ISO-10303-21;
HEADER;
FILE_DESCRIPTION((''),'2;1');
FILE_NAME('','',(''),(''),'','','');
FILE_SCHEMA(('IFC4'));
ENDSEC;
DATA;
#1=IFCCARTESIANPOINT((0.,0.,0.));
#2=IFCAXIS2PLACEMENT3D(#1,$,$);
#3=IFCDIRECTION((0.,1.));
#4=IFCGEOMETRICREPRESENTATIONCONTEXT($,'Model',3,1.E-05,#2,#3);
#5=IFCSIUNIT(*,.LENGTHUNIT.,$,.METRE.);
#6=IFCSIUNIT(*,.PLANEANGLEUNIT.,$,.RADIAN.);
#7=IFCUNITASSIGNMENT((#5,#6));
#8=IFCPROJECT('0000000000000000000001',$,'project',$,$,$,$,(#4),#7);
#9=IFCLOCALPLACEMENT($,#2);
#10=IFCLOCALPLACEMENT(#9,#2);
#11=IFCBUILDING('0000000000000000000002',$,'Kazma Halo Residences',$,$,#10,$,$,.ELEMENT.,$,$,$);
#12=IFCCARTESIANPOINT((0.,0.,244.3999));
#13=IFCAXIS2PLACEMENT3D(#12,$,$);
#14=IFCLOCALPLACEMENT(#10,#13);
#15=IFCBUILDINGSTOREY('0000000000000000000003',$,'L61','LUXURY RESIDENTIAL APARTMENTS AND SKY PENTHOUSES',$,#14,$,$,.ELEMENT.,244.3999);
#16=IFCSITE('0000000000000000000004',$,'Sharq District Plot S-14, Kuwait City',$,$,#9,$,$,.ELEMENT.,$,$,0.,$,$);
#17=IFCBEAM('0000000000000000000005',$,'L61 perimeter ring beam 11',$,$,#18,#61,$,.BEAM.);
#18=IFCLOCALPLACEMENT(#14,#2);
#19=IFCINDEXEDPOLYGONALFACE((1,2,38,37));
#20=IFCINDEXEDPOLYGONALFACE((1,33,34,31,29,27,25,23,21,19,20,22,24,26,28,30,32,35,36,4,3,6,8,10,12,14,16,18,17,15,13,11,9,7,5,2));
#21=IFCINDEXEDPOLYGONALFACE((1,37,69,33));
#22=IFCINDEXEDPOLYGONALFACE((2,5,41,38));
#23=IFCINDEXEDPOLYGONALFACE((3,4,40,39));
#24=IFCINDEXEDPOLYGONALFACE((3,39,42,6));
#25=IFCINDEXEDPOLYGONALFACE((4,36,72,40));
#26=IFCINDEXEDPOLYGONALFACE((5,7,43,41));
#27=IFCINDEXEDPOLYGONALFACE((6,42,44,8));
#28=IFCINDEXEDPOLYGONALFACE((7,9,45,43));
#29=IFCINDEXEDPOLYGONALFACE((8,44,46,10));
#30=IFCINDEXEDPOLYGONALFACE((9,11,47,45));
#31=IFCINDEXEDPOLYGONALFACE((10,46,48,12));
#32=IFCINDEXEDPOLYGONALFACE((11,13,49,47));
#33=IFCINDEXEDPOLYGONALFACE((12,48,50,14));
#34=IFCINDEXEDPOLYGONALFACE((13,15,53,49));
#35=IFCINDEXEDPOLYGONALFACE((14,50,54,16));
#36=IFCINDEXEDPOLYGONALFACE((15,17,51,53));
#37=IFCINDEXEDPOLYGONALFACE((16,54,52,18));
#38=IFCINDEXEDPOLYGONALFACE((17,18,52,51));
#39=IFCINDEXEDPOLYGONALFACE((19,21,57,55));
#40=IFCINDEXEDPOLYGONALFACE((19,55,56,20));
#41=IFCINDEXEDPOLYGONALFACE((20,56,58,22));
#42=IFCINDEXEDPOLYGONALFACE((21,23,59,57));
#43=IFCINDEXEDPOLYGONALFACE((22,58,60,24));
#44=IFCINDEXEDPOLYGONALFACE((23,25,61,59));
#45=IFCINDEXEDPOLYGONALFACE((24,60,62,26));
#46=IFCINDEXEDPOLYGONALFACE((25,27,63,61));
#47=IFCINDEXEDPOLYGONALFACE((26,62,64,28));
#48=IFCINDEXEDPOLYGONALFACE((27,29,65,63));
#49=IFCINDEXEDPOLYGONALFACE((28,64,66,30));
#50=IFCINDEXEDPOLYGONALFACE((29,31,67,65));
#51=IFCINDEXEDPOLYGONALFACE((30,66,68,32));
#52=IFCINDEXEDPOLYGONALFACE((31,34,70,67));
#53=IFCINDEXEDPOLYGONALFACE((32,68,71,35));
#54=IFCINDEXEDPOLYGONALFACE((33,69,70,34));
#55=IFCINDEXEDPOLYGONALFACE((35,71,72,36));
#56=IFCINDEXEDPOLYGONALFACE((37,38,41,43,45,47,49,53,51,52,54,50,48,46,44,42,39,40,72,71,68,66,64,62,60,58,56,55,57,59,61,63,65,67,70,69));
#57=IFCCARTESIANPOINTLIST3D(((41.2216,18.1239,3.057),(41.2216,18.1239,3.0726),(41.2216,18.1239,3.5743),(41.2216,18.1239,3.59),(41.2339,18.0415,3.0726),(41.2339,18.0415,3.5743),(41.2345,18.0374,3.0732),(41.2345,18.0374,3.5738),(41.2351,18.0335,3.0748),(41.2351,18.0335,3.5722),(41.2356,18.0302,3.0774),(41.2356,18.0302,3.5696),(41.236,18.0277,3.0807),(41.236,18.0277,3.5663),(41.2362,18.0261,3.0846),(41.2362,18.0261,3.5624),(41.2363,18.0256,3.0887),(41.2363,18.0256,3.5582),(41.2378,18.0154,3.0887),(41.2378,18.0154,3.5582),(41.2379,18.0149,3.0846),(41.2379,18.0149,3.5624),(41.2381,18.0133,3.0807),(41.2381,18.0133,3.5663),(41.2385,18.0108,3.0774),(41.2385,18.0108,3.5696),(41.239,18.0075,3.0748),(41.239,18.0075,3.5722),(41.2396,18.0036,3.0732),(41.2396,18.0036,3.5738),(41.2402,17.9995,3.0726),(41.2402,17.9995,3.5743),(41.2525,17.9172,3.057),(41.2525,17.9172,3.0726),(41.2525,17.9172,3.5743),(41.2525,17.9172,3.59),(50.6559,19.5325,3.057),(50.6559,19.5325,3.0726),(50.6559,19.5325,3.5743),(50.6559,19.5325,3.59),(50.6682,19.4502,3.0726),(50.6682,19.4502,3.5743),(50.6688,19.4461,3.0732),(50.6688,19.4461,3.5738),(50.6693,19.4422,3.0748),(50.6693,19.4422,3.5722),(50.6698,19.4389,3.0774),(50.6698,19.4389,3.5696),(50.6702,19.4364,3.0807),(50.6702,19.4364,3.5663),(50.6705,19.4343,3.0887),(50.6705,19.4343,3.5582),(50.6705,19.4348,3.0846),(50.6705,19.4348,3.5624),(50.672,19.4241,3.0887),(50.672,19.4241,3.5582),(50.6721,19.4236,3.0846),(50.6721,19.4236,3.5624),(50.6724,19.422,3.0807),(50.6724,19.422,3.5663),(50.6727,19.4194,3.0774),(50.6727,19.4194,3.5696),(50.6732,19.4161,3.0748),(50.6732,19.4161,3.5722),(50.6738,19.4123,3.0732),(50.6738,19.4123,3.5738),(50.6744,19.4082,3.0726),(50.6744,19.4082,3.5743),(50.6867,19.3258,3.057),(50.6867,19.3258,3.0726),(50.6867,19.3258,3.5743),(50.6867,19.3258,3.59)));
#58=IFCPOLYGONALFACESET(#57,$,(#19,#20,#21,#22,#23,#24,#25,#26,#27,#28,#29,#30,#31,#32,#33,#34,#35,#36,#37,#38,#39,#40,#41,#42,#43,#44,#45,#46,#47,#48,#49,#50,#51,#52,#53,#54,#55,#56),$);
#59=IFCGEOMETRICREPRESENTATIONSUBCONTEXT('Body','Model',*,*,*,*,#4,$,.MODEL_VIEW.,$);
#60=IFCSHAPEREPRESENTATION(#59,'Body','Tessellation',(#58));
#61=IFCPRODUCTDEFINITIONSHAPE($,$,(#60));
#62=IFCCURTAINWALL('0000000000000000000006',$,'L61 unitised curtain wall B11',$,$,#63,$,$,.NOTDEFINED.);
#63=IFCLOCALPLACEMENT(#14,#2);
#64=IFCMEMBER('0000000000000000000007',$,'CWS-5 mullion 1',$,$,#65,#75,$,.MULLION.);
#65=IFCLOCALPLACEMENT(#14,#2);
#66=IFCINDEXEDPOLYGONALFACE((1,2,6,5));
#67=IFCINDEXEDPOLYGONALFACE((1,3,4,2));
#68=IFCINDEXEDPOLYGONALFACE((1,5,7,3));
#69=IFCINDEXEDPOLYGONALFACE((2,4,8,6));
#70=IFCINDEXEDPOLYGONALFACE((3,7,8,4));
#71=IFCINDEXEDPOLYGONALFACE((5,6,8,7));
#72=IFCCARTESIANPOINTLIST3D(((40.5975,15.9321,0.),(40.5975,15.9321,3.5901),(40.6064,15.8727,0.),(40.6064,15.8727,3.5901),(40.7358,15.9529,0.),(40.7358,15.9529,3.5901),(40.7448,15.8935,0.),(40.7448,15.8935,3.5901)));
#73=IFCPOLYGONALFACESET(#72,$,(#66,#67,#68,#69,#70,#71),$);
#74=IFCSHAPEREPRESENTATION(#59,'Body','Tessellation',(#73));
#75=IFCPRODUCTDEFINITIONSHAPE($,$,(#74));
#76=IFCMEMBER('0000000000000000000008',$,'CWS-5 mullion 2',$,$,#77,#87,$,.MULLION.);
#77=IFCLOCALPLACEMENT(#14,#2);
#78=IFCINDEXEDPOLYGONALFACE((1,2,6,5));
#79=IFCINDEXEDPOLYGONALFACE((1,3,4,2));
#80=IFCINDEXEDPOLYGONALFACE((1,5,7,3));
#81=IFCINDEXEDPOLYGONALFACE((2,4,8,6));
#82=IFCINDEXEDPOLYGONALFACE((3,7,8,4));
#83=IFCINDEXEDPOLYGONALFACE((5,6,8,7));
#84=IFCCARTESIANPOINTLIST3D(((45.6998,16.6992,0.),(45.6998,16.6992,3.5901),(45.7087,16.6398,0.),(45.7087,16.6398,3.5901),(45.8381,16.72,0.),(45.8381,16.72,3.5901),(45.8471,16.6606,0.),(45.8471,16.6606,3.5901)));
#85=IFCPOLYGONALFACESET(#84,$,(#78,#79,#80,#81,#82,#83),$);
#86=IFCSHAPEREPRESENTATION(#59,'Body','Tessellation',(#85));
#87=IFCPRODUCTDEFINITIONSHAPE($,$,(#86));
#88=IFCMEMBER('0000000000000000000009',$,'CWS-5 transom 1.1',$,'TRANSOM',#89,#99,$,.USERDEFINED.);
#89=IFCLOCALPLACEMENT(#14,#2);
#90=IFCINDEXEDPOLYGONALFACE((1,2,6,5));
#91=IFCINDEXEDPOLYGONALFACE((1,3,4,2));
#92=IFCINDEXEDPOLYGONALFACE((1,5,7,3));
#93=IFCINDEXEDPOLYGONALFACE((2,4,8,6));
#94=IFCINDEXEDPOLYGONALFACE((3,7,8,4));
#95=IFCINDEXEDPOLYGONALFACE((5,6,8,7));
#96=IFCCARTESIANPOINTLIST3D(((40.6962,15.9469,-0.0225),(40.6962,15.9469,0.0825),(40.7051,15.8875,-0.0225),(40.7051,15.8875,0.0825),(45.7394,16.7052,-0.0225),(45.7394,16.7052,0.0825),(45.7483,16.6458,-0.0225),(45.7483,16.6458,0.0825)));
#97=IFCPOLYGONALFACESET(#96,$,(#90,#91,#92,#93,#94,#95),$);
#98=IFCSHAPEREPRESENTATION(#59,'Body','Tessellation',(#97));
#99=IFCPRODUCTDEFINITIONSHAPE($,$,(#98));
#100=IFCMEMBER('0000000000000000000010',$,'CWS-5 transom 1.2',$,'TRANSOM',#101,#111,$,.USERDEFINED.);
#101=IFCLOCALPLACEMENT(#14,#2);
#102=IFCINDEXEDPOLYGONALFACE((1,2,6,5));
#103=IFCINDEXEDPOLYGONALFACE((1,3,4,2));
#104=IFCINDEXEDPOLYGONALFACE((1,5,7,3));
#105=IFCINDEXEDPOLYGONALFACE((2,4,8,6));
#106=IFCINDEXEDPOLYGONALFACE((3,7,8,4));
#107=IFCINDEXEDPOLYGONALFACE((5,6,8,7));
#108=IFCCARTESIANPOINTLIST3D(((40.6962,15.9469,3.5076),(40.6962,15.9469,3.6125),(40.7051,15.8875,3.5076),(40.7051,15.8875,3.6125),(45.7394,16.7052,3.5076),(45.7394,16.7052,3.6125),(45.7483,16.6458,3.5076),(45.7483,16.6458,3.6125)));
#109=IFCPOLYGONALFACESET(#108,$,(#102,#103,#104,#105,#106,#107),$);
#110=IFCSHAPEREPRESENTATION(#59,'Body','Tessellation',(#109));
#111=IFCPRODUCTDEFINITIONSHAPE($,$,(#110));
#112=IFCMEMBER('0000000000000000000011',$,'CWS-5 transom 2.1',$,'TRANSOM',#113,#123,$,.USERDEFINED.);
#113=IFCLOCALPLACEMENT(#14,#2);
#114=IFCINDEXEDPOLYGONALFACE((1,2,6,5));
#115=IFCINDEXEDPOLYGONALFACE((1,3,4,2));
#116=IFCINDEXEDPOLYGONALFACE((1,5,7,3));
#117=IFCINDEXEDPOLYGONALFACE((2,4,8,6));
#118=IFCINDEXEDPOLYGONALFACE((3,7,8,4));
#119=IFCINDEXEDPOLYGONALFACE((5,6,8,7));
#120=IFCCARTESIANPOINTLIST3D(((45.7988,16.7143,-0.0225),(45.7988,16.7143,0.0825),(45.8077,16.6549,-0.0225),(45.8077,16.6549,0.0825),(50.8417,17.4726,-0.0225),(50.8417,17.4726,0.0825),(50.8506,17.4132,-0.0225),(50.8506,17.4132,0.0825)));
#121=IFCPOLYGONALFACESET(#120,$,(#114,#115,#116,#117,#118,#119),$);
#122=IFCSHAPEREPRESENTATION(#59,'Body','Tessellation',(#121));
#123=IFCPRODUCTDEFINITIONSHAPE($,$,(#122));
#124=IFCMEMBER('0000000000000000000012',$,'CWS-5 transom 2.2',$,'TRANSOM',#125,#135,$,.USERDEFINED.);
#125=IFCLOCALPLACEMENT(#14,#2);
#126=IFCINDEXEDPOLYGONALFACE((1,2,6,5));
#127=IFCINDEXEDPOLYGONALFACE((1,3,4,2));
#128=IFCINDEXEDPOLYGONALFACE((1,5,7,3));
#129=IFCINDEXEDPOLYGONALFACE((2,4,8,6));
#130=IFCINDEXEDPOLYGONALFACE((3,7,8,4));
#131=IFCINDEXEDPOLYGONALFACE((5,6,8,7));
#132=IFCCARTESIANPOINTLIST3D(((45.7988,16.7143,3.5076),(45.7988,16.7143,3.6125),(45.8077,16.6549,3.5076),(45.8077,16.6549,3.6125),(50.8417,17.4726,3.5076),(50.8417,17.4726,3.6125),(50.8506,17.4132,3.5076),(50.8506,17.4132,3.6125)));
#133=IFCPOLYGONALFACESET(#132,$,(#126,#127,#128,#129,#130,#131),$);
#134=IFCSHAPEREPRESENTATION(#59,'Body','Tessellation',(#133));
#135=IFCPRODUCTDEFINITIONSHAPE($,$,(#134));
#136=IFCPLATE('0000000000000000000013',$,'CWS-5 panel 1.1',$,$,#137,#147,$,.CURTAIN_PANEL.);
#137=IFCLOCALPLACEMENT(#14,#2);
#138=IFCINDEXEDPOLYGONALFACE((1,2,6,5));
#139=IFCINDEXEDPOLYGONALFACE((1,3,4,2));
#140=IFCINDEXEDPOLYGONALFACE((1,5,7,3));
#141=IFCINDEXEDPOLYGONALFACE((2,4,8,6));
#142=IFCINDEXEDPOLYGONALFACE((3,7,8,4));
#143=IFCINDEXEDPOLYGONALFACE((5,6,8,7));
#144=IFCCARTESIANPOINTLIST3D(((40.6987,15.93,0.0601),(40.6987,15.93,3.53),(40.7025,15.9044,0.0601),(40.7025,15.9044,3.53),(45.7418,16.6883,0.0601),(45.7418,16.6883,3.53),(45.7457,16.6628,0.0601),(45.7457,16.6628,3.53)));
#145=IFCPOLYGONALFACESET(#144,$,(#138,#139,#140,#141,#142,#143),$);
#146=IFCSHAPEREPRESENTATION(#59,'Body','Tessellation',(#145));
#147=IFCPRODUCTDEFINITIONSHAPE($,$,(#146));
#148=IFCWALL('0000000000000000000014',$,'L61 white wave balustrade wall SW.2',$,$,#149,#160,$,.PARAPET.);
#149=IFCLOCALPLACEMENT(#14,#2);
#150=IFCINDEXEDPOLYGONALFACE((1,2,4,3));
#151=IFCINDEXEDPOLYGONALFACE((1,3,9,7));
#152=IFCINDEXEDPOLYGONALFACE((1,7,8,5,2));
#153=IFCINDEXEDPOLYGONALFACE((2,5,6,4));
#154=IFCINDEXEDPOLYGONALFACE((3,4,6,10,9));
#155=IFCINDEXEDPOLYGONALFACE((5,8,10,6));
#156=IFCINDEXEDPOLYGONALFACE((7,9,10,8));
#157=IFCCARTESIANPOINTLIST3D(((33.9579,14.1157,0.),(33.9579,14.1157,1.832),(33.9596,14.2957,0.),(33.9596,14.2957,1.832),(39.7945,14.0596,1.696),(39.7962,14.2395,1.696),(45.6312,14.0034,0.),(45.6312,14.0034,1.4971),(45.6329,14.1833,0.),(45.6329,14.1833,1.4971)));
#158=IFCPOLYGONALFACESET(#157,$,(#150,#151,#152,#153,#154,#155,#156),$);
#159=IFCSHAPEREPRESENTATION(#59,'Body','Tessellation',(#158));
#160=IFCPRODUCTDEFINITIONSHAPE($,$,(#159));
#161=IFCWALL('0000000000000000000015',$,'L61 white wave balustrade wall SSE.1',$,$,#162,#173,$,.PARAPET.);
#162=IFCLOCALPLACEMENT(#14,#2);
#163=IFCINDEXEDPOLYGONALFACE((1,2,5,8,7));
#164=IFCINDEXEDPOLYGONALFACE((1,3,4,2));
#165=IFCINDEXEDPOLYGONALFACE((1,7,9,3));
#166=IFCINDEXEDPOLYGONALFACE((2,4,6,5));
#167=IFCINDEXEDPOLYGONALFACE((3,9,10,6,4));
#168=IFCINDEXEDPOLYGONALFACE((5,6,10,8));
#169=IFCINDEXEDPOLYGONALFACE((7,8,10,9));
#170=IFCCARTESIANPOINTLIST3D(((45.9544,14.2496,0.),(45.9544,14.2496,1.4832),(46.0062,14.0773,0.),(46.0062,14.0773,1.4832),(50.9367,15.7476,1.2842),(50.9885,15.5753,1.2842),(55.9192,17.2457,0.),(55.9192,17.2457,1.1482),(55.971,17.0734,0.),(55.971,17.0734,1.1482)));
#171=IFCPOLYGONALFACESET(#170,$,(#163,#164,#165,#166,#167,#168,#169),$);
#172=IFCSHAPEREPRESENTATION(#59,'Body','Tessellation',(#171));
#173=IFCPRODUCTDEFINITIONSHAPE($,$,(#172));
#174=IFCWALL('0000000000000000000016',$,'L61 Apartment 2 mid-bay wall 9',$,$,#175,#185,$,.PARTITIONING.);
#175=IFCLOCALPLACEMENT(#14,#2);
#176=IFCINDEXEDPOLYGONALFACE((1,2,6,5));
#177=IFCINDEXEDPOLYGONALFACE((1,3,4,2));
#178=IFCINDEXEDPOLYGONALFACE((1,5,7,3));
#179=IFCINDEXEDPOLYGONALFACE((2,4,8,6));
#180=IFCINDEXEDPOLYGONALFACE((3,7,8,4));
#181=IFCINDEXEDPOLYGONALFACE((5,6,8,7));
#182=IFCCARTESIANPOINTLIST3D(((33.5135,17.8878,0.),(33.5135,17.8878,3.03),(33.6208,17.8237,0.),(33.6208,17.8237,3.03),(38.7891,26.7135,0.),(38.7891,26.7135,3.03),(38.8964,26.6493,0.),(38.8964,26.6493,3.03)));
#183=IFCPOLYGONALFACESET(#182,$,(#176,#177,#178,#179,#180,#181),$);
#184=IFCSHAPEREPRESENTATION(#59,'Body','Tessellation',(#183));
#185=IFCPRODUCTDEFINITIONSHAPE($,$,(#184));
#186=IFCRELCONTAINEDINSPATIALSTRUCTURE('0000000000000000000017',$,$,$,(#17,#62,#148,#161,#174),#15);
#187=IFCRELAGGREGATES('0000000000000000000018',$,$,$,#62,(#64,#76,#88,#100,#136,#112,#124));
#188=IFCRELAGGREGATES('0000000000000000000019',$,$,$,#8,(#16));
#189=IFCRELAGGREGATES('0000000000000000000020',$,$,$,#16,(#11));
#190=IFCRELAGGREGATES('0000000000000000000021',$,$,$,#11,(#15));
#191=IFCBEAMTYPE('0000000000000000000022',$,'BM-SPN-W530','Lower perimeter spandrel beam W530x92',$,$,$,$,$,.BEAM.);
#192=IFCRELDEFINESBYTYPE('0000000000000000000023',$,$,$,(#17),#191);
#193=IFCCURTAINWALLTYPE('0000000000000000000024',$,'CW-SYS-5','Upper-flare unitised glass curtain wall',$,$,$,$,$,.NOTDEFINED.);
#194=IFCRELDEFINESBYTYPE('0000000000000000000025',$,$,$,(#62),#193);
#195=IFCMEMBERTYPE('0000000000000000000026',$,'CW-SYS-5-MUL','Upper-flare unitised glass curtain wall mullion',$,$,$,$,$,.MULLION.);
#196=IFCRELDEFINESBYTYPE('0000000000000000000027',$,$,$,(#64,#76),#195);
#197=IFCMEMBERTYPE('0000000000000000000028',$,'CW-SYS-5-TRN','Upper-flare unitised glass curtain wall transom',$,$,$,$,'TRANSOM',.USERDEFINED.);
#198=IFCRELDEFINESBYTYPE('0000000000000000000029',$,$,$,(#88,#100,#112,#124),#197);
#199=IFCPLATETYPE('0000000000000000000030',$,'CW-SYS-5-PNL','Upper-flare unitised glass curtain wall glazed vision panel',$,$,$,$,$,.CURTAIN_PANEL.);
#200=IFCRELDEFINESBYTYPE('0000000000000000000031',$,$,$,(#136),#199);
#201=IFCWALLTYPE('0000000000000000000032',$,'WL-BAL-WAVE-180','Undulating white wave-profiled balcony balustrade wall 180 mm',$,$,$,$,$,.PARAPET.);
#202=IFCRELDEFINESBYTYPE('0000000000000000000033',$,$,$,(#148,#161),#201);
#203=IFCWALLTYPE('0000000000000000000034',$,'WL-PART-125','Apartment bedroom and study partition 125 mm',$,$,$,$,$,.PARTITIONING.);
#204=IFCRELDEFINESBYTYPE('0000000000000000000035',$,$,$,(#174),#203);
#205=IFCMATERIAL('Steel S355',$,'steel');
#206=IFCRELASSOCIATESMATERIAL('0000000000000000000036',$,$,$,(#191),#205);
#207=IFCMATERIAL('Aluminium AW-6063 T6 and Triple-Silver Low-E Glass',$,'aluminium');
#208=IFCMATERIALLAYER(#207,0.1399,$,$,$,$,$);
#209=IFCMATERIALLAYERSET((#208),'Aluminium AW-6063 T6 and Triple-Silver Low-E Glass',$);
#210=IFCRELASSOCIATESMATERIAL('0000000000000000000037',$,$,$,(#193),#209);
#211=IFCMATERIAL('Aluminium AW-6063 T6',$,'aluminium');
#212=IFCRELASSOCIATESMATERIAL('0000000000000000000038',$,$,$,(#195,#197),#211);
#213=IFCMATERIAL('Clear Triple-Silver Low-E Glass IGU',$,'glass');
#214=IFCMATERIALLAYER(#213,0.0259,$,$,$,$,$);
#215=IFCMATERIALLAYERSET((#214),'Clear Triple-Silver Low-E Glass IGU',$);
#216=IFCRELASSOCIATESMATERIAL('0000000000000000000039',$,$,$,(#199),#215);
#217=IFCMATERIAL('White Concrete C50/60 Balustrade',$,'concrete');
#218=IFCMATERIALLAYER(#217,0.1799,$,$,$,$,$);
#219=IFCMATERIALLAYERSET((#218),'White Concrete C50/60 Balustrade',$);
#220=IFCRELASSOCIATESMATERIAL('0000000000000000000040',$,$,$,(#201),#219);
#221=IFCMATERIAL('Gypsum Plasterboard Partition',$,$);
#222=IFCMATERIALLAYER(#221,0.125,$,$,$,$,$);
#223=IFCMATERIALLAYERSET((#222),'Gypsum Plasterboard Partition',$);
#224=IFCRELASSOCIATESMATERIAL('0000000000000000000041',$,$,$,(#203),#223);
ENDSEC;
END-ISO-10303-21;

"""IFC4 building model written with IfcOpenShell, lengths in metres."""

from ifc_helpers import new_model, si_unit, direction, frame, frame_2d, origin, origin_2d, place, context, subcontext, project, spatial, polyline, rectangle, i_section, outline, extrude, material, layer, layer_set, material_profile, profile_set, type_object, element, aggregate, save


model = new_model("IFC4")

# Units and contexts
model_context = context("Model", 3, precision=1e-05, world=origin(), true_north=direction((0.0, 1.0)))
body_context = subcontext(model_context, "Body", "Model", "MODEL_VIEW")
ifc_project = project(units=[si_unit("LENGTHUNIT", "METRE"), si_unit("PLANEANGLEUNIT", "RADIAN")], contexts=[model_context])

# Site, building, storey
site_placement = place(None, origin())
site = spatial("IfcSite", under=ifc_project, at=site_placement, Name="Sharq District Plot S-14, Kuwait City", CompositionType="ELEMENT", RefElevation=0.0)
building_placement = place(site_placement, origin())
building = spatial("IfcBuilding", under=site, at=building_placement, Name="Kazma Halo Residences", CompositionType="ELEMENT")
storey_placement = place(building_placement, frame((0.0, 0.0, 244.3999)))
storey = spatial("IfcBuildingStorey", under=building, at=storey_placement, Name="L61", Description="LUXURY RESIDENTIAL APARTMENTS AND SKY PENTHOUSES", CompositionType="ELEMENT", Elevation=244.3999)

# Beam
ifc_material_1 = material(Name="Steel S355", Category="steel")
ifc_material_profile_1 = material_profile(ifc_material_1, i_section(OverallWidth=0.209, OverallDepth=0.533, WebThickness=0.0103, FlangeThickness=0.0156, FilletRadius=0.0161, at=origin_2d()), Name="W530x92")
ifc_profile_set_1 = profile_set([ifc_material_profile_1], Name="Steel S355")
beam_type_1 = type_object("IfcBeamType", Name="BM-SPN-W530", Description="Lower perimeter spandrel beam W530x92", PredefinedType="BEAM", material=ifc_profile_set_1)
beam_1_placement = place(storey_placement, frame((41.2371, 18.0205, 3.3235), z_axis=(0.989035, 0.147678, 0.0), x_axis=(-0.147678, 0.989035, 0.0)))
element("IfcBeam", 1, at=beam_1_placement, inside=storey, type_object=beam_type_1, Name="L61 perimeter ring beam 11", PredefinedType="BEAM", context=body_context, shape_type="SweptSolid", body=[
    extrude(i_section(OverallWidth=0.209, OverallDepth=0.533, WebThickness=0.0103, FlangeThickness=0.0156, FilletRadius=0.0161, at=origin_2d()), origin(), (0.0, 0.0, 1.0), 9.5388),
])

# Curtain wall, members, plate
ifc_material_2 = material(Name="Aluminium AW-6063 T6 and Triple-Silver Low-E Glass", Category="aluminium")
ifc_layer_1 = layer(ifc_material_2, 0.1399)
ifc_layer_set_1 = layer_set([ifc_layer_1], Name="Aluminium AW-6063 T6 and Triple-Silver Low-E Glass")
curtain_wall_type = type_object("IfcCurtainWallType", Name="CW-SYS-5", Description="Upper-flare unitised glass curtain wall", PredefinedType="NOTDEFINED", material=ifc_layer_set_1)
curtain_wall_placement = place(storey_placement, origin())
curtain_wall = element("IfcCurtainWall", 2, at=curtain_wall_placement, inside=storey, type_object=curtain_wall_type, Name="L61 unitised curtain wall B11", PredefinedType="NOTDEFINED")
ifc_material_3 = material(Name="Aluminium AW-6063 T6", Category="aluminium")
ifc_material_profile_2 = material_profile(ifc_material_3, rectangle(XDim=0.0601, YDim=0.1399, at=origin_2d()), Name="CWM-60x140")
ifc_profile_set_2 = profile_set([ifc_material_profile_2], Name="Aluminium AW-6063 T6")
member_type_1 = type_object("IfcMemberType", Name="CW-SYS-5-MUL", Description="Upper-flare unitised glass curtain wall mullion", PredefinedType="MULLION", material=ifc_profile_set_2)
member_1_placement = place(storey_placement, frame((40.6711, 15.9128, 0.0), z_axis=(0.0, 0.0, 1.0), x_axis=(-0.148697, 0.988883, 0.0)))
member_1 = element("IfcMember", 3, at=member_1_placement, type_object=member_type_1, Name="CWS-5 mullion 1", PredefinedType="MULLION", context=body_context, shape_type="SweptSolid", body=[
    extrude(rectangle(XDim=0.0601, YDim=0.1399, at=origin_2d()), origin(), (0.0, 0.0, 1.0), 3.5901),
])
member_2_placement = place(storey_placement, frame((45.7734, 16.6799, 0.0), z_axis=(0.0, 0.0, 1.0), x_axis=(-0.148697, 0.988883, 0.0)))
member_2 = element("IfcMember", 4, at=member_2_placement, type_object=member_type_1, Name="CWS-5 mullion 2", PredefinedType="MULLION", context=body_context, shape_type="SweptSolid", body=[
    extrude(rectangle(XDim=0.0601, YDim=0.1399, at=origin_2d()), origin(), (0.0, 0.0, 1.0), 3.5901),
])
ifc_material_profile_3 = material_profile(ifc_material_3, rectangle(XDim=0.0601, YDim=0.105, at=origin_2d()), Name="CWT-60x105")
ifc_profile_set_3 = profile_set([ifc_material_profile_3], Name="Aluminium AW-6063 T6")
member_type_2 = type_object("IfcMemberType", Name="CW-SYS-5-TRN", Description="Upper-flare unitised glass curtain wall transom", ElementType="TRANSOM", PredefinedType="USERDEFINED", material=ifc_profile_set_3)
member_3_placement = place(storey_placement, frame((40.7007, 15.9172, 0.03), z_axis=(0.988884, 0.148689, 0.0), x_axis=(-0.148689, 0.988884, 0.0)))
member_3 = element("IfcMember", 5, at=member_3_placement, type_object=member_type_2, Name="CWS-5 transom 1.1", ObjectType="TRANSOM", PredefinedType="USERDEFINED", context=body_context, shape_type="SweptSolid", body=[
    extrude(rectangle(XDim=0.0601, YDim=0.105, at=origin_2d()), origin(), (0.0, 0.0, 1.0), 5.0999),
])
member_4_placement = place(storey_placement, frame((40.7007, 15.9172, 3.5601), z_axis=(0.988884, 0.148689, 0.0), x_axis=(-0.148689, 0.988884, 0.0)))
member_4 = element("IfcMember", 6, at=member_4_placement, type_object=member_type_2, Name="CWS-5 transom 1.2", ObjectType="TRANSOM", PredefinedType="USERDEFINED", context=body_context, shape_type="SweptSolid", body=[
    extrude(rectangle(XDim=0.0601, YDim=0.105, at=origin_2d()), origin(), (0.0, 0.0, 1.0), 5.0999),
])
member_5_placement = place(storey_placement, frame((45.8032, 16.6846, 0.03), z_axis=(0.988883, 0.148696, 0.0), x_axis=(-0.148696, 0.988883, 0.0)))
member_5 = element("IfcMember", 7, at=member_5_placement, type_object=member_type_2, Name="CWS-5 transom 2.1", ObjectType="TRANSOM", PredefinedType="USERDEFINED", context=body_context, shape_type="SweptSolid", body=[
    extrude(rectangle(XDim=0.0601, YDim=0.105, at=origin_2d()), origin(), (0.0, 0.0, 1.0), 5.0996),
])
member_6_placement = place(storey_placement, frame((45.8032, 16.6846, 3.5601), z_axis=(0.988883, 0.148696, 0.0), x_axis=(-0.148696, 0.988883, 0.0)))
member_6 = element("IfcMember", 8, at=member_6_placement, type_object=member_type_2, Name="CWS-5 transom 2.2", ObjectType="TRANSOM", PredefinedType="USERDEFINED", context=body_context, shape_type="SweptSolid", body=[
    extrude(rectangle(XDim=0.0601, YDim=0.105, at=origin_2d()), origin(), (0.0, 0.0, 1.0), 5.0996),
])
ifc_material_4 = material(Name="Clear Triple-Silver Low-E Glass IGU", Category="glass")
ifc_layer_2 = layer(ifc_material_4, 0.0259)
ifc_layer_set_2 = layer_set([ifc_layer_2], Name="Clear Triple-Silver Low-E Glass IGU")
plate_type = type_object("IfcPlateType", Name="CW-SYS-5-PNL", Description="Upper-flare unitised glass curtain wall glazed vision panel", PredefinedType="CURTAIN_PANEL", material=ifc_layer_set_2)
plate_placement = place(storey_placement, frame((43.2222, 16.2964, 0.0601), z_axis=(0.0, 0.0, 1.0), x_axis=(0.988883, 0.148697, 0.0)))
plate = element("IfcPlate", 9, at=plate_placement, type_object=plate_type, Name="CWS-5 panel 1.1", PredefinedType="CURTAIN_PANEL", context=body_context, shape_type="SweptSolid", body=[
    extrude(rectangle(XDim=5.0999, YDim=0.0259, at=origin_2d()), origin(), (0.0, 0.0, 1.0), 3.47),
])
aggregate(curtain_wall, [member_1, member_2, member_3, member_4, plate, member_5, member_6])

# Walls
ifc_material_5 = material(Name="White Concrete C50/60 Balustrade", Category="concrete")
ifc_layer_3 = layer(ifc_material_5, 0.1799)
ifc_layer_set_3 = layer_set([ifc_layer_3], Name="White Concrete C50/60 Balustrade")
wall_type_1 = type_object("IfcWallType", Name="WL-BAL-WAVE-180", Description="Undulating white wave-profiled balcony balustrade wall 180 mm", PredefinedType="PARAPET", material=ifc_layer_set_3)
wall_1_placement = place(storey_placement, frame((33.9587, 14.2058, 0.0), z_axis=(0.0, 0.0, 1.0), x_axis=(0.999954, -0.00962, 0.0)))
element("IfcWall", 10, at=wall_1_placement, inside=storey, type_object=wall_type_1, Name="L61 white wave balustrade wall SW.2", PredefinedType="PARAPET", context=body_context, shape_type="SweptSolid", body=[
    extrude(outline(polyline([(0.0, 0.0), (11.6738, 0.0), (11.6738, 1.4971), (5.8369, 1.696), (0.0, 1.832), (0.0, 0.0)])), frame((0.0, 0.0898, 0.0), z_axis=(0.0, -1.0, 0.0), x_axis=(1.0, 0.0, 0.0)), (0.0, 0.0, 1.0), 0.1799),
])
wall_2_placement = place(storey_placement, frame((45.9802, 14.1636, 0.0), z_axis=(0.0, 0.0, 1.0), x_axis=(0.95765, 0.287933, 0.0)))
element("IfcWall", 11, at=wall_2_placement, inside=storey, type_object=wall_type_1, Name="L61 white wave balustrade wall SSE.1", PredefinedType="PARAPET", context=body_context, shape_type="SweptSolid", body=[
    extrude(outline(polyline([(0.0, 0.0), (10.4055, 0.0), (10.4055, 1.1482), (5.2026, 1.2842), (0.0, 1.4832), (0.0, 0.0)])), frame((0.0, 0.0898, 0.0), z_axis=(0.0, -1.0, 0.0), x_axis=(1.0, 0.0, 0.0)), (0.0, 0.0, 1.0), 0.1799),
])
ifc_material_6 = material(Name="Gypsum Plasterboard Partition")
ifc_layer_4 = layer(ifc_material_6, 0.125)
ifc_layer_set_4 = layer_set([ifc_layer_4], Name="Gypsum Plasterboard Partition")
wall_type_2 = type_object("IfcWallType", Name="WL-PART-125", Description="Apartment bedroom and study partition 125 mm", PredefinedType="PARTITIONING", material=ifc_layer_set_4)
wall_3_placement = place(storey_placement, frame((38.8428, 26.6814, 0.0), z_axis=(0.0, 0.0, 1.0), x_axis=(-0.513081, -0.85834, 0.0)))
element("IfcWall", 12, at=wall_3_placement, inside=storey, type_object=wall_type_2, Name="L61 Apartment 2 mid-bay wall 9", PredefinedType="PARTITIONING", context=body_context, shape_type="SweptSolid", body=[
    extrude(rectangle(XDim=10.2822, YDim=0.125, at=frame_2d((5.1411, 0.0))), origin(), (0.0, 0.0, 1.0), 3.03),
])

save(model, "model.ifc")
